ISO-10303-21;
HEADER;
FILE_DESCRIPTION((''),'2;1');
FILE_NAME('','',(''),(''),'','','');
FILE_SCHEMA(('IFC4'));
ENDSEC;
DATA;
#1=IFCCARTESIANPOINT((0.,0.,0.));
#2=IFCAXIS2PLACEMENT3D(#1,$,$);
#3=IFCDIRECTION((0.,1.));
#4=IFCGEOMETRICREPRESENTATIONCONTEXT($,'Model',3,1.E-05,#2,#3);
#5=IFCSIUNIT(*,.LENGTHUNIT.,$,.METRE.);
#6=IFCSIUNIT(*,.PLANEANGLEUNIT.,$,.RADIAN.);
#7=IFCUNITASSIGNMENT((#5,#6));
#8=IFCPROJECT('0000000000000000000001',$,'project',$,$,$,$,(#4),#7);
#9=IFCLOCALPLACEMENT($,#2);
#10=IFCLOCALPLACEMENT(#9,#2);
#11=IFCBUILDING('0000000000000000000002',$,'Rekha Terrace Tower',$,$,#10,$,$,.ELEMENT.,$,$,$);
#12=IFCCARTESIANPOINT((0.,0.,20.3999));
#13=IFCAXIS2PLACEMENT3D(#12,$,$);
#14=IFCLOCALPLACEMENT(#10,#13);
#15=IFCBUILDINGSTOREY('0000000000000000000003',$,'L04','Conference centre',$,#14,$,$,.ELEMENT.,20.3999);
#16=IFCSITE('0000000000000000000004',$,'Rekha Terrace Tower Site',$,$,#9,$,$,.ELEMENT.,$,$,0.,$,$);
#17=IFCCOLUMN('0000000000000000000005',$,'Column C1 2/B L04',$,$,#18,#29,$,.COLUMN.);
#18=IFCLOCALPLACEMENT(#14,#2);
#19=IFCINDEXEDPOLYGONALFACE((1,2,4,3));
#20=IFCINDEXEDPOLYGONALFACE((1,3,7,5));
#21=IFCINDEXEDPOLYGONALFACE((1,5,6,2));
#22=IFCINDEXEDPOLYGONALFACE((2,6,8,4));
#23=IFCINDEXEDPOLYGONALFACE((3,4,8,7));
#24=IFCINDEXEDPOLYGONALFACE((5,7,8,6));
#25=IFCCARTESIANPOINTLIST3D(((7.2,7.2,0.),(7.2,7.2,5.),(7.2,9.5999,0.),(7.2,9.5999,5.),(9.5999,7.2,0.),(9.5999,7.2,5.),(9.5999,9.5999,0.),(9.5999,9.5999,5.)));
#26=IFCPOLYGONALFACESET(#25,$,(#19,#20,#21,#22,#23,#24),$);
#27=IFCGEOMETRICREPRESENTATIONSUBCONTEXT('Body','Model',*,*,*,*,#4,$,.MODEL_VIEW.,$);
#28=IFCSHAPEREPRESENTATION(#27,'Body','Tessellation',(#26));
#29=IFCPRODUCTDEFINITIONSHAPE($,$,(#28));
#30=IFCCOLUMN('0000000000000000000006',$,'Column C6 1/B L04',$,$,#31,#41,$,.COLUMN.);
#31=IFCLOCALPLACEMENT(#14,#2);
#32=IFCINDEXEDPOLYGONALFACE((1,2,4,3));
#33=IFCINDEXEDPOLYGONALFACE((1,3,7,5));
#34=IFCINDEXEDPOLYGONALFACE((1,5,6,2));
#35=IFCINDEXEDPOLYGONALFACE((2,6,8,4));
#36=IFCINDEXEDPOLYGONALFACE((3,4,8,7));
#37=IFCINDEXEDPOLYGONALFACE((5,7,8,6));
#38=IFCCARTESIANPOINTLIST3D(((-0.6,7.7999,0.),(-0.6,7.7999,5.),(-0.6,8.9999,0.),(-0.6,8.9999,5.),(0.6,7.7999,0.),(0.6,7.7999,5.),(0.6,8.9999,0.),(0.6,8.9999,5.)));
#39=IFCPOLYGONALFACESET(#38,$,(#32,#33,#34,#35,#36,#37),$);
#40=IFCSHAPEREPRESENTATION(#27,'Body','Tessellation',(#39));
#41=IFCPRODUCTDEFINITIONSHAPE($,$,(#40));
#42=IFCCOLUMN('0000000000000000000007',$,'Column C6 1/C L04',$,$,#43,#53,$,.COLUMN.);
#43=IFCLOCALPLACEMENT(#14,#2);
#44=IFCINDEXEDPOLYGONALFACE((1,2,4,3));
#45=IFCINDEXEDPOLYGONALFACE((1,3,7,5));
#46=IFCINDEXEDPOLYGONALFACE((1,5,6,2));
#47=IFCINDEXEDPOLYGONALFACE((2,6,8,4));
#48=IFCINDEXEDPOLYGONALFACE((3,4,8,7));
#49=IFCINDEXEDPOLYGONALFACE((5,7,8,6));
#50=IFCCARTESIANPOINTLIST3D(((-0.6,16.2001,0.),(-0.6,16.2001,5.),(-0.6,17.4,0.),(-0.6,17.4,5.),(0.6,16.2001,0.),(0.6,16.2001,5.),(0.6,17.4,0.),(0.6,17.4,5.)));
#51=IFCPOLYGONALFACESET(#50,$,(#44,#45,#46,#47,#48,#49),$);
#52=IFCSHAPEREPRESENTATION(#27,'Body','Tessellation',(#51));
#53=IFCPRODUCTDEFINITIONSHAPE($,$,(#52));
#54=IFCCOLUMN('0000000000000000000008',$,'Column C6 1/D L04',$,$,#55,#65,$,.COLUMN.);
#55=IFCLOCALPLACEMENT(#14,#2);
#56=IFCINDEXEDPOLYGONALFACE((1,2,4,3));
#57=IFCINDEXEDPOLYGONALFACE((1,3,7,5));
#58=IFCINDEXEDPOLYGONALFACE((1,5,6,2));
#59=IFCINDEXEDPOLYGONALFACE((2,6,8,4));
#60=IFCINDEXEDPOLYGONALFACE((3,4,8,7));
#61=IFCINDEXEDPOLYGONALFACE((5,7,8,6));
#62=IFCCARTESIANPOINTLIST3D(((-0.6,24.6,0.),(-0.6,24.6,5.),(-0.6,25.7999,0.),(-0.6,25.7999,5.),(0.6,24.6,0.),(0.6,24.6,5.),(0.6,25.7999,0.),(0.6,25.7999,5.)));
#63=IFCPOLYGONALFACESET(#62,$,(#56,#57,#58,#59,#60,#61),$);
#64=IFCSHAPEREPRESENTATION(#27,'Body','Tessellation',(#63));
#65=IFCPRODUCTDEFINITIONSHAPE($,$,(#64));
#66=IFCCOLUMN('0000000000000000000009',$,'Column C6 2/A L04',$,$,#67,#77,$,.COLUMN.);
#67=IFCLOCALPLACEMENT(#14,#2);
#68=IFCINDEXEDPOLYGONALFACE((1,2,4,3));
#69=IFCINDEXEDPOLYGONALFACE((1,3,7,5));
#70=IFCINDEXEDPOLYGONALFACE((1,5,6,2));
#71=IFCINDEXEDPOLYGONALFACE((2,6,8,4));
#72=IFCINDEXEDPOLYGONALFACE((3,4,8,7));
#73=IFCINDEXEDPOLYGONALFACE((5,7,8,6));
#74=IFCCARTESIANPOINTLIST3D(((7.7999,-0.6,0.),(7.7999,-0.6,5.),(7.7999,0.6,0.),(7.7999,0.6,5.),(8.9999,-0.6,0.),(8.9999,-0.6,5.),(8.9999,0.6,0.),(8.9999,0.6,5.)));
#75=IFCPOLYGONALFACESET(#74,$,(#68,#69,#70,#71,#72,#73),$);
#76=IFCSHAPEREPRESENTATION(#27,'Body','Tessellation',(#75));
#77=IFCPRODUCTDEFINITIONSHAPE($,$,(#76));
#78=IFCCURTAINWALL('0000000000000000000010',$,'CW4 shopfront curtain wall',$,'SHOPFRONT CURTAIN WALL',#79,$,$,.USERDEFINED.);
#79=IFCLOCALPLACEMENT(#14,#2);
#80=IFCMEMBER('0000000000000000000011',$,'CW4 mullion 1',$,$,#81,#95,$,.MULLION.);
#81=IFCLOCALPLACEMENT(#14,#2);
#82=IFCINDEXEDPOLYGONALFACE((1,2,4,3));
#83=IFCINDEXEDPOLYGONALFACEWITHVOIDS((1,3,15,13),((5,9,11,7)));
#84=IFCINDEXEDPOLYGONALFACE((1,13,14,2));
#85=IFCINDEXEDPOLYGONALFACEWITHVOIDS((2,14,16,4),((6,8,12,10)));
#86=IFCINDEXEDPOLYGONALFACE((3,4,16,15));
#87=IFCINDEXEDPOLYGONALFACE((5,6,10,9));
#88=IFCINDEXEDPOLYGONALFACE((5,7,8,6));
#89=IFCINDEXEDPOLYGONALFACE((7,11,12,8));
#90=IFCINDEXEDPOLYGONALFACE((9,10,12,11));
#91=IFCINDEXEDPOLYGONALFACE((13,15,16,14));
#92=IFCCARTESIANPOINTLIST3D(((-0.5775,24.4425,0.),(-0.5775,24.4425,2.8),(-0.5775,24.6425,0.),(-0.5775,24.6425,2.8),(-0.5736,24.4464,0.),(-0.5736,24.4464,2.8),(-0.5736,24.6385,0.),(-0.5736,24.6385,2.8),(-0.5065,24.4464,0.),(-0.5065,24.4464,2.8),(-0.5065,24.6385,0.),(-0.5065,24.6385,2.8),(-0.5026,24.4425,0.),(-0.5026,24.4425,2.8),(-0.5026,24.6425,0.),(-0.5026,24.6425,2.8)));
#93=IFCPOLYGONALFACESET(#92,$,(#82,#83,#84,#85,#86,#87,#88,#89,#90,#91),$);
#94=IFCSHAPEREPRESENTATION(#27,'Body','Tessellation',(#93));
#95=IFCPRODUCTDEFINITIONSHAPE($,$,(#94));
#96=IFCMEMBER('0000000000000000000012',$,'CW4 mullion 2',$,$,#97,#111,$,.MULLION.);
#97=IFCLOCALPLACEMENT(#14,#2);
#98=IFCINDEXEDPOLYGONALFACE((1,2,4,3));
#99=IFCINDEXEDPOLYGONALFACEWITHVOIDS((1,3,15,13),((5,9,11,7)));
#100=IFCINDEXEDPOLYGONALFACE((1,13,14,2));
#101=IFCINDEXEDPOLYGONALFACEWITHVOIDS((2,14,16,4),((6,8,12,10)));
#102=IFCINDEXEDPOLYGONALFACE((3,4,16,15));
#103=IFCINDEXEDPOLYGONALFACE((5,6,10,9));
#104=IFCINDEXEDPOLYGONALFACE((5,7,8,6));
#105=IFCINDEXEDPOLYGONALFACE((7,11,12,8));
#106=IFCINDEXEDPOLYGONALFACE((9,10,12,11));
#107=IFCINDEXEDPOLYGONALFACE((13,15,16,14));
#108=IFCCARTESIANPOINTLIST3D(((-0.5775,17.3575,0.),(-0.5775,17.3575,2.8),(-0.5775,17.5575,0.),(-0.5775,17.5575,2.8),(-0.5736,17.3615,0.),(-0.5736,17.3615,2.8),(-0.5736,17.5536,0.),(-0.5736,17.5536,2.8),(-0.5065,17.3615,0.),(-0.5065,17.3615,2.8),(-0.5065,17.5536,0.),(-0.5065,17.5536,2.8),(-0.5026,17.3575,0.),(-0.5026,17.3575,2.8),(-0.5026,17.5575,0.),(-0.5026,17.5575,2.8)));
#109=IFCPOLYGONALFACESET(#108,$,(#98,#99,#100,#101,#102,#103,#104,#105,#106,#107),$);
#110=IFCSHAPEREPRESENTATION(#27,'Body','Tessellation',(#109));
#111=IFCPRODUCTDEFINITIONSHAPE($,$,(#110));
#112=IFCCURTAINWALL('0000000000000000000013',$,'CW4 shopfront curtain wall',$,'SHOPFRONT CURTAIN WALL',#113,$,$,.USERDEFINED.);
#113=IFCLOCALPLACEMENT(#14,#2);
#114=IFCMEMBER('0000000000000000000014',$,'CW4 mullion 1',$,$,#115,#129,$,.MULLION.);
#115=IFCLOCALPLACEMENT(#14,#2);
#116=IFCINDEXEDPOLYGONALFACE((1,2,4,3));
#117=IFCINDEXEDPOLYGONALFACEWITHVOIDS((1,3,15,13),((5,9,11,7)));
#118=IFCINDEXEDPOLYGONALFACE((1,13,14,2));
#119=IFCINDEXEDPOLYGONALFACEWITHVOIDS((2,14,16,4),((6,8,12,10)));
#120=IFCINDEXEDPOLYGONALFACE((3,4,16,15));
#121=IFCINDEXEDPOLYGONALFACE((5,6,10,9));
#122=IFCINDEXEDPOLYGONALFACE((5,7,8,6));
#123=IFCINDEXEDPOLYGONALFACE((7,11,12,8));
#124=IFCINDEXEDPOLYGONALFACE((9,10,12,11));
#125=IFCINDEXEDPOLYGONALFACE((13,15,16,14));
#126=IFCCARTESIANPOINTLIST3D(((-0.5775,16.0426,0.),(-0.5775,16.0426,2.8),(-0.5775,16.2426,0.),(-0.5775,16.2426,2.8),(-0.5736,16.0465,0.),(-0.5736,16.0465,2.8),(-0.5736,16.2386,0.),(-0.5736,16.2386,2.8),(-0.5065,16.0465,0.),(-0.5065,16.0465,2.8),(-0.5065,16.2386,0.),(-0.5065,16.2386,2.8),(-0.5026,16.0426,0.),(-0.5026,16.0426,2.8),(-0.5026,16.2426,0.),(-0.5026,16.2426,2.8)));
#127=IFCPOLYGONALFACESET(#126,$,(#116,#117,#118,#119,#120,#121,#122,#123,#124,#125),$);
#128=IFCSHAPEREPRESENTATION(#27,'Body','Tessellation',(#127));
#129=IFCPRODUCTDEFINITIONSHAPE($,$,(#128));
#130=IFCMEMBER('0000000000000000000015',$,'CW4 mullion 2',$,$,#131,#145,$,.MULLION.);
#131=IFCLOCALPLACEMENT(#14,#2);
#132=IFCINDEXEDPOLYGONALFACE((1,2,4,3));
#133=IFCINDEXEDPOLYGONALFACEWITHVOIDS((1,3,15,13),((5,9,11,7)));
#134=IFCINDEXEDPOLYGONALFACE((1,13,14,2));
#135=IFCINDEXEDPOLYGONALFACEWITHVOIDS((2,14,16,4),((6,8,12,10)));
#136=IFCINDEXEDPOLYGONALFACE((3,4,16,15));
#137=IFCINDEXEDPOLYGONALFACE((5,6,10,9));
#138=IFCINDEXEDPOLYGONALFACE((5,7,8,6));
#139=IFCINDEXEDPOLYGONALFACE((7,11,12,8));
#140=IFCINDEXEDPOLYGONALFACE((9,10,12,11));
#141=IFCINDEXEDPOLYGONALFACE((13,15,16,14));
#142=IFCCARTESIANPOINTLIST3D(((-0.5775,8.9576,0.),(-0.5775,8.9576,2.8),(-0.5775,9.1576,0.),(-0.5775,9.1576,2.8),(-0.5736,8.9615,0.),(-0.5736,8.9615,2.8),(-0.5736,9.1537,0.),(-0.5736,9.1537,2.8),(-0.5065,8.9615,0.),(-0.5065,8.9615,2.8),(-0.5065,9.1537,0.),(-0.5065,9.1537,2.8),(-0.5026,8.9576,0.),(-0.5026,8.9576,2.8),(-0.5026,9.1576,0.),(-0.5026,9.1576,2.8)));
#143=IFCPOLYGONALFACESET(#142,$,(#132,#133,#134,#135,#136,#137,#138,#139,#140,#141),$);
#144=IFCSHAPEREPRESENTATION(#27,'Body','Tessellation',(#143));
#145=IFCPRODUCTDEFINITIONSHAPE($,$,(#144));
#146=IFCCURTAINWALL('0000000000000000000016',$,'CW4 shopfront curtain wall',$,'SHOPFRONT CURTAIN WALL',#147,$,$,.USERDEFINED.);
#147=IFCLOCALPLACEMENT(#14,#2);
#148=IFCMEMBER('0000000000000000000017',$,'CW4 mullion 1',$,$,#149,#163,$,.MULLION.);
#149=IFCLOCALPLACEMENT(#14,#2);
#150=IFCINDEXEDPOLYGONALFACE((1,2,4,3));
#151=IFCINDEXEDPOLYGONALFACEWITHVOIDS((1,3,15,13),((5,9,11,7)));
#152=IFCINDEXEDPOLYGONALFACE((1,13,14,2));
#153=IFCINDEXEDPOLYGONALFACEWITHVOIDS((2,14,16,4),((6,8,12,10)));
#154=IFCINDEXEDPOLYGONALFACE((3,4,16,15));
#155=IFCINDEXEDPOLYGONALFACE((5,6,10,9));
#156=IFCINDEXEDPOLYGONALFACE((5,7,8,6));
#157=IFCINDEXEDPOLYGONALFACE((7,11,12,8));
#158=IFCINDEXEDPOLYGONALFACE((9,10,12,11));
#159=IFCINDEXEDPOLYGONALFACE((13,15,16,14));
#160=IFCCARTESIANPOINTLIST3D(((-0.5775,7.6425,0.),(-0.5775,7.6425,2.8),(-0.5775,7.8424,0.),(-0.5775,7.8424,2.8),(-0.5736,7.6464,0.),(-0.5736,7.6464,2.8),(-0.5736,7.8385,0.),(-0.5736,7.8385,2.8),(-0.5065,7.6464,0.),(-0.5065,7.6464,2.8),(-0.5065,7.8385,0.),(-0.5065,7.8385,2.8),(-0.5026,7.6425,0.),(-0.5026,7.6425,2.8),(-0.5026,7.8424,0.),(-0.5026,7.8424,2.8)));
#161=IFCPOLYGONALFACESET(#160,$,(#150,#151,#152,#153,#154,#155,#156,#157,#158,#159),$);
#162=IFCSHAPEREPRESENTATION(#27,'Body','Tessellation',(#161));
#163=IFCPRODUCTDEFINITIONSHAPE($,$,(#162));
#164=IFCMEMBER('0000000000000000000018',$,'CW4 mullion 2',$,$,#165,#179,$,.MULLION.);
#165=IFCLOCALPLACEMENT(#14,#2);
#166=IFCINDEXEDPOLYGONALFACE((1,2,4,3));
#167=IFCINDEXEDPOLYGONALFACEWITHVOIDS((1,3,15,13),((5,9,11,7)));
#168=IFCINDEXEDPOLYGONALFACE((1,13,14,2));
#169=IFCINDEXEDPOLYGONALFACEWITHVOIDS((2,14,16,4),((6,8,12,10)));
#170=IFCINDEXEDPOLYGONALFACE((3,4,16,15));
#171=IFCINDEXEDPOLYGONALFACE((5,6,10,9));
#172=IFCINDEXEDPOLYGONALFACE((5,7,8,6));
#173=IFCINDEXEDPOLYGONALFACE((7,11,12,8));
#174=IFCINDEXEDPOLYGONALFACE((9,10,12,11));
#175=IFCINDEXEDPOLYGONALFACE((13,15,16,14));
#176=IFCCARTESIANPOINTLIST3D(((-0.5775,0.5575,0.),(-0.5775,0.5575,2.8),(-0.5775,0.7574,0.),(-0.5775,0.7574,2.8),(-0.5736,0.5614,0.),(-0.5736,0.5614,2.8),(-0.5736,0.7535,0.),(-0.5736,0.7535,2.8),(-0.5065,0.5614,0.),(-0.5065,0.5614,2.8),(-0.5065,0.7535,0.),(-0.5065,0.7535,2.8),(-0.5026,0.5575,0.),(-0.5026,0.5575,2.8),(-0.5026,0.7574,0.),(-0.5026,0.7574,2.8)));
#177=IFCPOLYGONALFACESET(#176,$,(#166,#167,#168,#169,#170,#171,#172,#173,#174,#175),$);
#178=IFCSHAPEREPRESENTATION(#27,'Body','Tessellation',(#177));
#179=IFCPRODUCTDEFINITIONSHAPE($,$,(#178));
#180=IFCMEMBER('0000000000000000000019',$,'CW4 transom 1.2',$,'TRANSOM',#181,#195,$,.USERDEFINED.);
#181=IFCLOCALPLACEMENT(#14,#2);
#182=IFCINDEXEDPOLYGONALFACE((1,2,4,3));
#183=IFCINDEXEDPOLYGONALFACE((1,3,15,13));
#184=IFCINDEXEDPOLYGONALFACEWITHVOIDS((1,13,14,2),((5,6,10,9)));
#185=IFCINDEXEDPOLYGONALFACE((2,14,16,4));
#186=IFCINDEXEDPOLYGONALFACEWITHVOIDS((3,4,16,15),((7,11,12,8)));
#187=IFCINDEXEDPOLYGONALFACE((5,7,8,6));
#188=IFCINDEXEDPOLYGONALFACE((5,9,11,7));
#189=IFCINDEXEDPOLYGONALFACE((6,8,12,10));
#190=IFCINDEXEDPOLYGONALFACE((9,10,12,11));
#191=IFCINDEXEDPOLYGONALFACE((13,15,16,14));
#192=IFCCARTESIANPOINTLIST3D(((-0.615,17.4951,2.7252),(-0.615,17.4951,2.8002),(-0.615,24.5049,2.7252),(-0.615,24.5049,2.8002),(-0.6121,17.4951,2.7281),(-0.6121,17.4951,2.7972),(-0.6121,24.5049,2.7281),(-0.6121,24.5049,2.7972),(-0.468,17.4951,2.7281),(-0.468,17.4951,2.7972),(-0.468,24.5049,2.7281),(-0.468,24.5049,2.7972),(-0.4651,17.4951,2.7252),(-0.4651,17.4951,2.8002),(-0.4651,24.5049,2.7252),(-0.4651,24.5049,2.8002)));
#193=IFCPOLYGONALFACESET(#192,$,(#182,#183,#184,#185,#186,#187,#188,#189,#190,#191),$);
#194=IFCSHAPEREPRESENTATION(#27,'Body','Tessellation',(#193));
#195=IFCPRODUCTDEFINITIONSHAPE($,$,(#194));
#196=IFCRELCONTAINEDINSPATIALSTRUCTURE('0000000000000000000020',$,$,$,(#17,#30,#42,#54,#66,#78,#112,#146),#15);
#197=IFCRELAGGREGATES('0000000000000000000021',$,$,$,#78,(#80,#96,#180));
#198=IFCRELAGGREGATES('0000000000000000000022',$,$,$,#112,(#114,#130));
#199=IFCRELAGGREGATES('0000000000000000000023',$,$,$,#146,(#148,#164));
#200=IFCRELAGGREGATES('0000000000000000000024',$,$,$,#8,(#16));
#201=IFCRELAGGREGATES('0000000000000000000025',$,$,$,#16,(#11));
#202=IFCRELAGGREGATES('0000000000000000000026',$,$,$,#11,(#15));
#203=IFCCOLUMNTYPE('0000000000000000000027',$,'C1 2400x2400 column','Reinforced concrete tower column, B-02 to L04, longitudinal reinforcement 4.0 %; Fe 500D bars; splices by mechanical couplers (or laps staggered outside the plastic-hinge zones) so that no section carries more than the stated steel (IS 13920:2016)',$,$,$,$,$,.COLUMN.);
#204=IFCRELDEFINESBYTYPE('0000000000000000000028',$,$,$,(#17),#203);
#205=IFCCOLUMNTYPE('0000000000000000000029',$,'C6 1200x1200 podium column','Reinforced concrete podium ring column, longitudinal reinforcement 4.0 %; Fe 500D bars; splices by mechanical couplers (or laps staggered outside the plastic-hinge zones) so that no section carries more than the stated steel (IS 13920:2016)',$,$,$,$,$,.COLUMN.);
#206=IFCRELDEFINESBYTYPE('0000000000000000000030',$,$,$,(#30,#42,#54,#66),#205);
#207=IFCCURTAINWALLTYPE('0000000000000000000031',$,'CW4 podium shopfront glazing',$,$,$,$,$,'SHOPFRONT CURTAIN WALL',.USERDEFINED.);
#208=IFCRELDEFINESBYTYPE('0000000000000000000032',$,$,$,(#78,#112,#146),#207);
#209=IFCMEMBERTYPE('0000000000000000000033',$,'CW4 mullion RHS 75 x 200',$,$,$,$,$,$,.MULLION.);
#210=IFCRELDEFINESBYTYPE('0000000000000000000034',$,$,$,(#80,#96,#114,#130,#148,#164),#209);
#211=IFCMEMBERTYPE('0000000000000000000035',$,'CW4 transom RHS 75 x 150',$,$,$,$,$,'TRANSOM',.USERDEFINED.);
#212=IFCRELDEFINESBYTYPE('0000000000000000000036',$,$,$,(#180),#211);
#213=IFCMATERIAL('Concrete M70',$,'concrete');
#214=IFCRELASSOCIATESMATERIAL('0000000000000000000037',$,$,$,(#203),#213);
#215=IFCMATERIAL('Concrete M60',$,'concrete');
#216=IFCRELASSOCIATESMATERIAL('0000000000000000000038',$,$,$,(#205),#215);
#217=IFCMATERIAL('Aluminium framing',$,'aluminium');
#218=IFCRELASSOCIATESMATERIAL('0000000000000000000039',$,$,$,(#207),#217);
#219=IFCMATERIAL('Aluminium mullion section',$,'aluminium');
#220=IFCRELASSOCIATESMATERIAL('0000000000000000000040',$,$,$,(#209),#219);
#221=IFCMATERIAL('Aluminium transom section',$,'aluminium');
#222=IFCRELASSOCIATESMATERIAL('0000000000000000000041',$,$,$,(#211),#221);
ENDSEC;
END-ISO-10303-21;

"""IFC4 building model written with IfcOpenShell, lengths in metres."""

from ifc_helpers import new_model, si_unit, direction, frame, origin, origin_2d, place, context, subcontext, project, spatial, rectangle, hollow_rectangle, extrude, material, material_profile, profile_set, type_object, element, aggregate, save


model = new_model("IFC4")

# Units and contexts
model_context = context("Model", 3, precision=1e-05, world=origin(), true_north=direction((0.0, 1.0)))
body_context = subcontext(model_context, "Body", "Model", "MODEL_VIEW")
ifc_project = project(units=[si_unit("LENGTHUNIT", "METRE"), si_unit("PLANEANGLEUNIT", "RADIAN")], contexts=[model_context])

# Site, building, storey
site_placement = place(None, origin())
site = spatial("IfcSite", under=ifc_project, at=site_placement, Name="Rekha Terrace Tower Site", CompositionType="ELEMENT", RefElevation=0.0)
building_placement = place(site_placement, origin())
building = spatial("IfcBuilding", under=site, at=building_placement, Name="Rekha Terrace Tower", CompositionType="ELEMENT")
storey_placement = place(building_placement, frame((0.0, 0.0, 20.3999)))
storey = spatial("IfcBuildingStorey", under=building, at=storey_placement, Name="L04", Description="Conference centre", CompositionType="ELEMENT", Elevation=20.3999)

# Columns
ifc_material_1 = material(Name="Concrete M70", Category="concrete")
ifc_material_profile_1 = material_profile(ifc_material_1, rectangle(XDim=2.3999, YDim=2.3999, at=origin_2d()), Name="RC 2400x2400")
ifc_profile_set_1 = profile_set([ifc_material_profile_1], Name="Concrete M70")
column_type_1 = type_object("IfcColumnType", Name="C1 2400x2400 column", Description="Reinforced concrete tower column, B-02 to L04, longitudinal reinforcement 4.0 %; Fe 500D bars; splices by mechanical couplers (or laps staggered outside the plastic-hinge zones) so that no section carries more than the stated steel (IS 13920:2016)", PredefinedType="COLUMN", material=ifc_profile_set_1)
column_placement = place(storey_placement, frame((8.3999, 8.3999, 0.0), z_axis=(0.0, 0.0, 1.0), x_axis=(1.0, 0.0, 0.0)))
element("IfcColumn", 1, at=column_placement, inside=storey, type_object=column_type_1, Name="Column C1 2/B L04", PredefinedType="COLUMN", context=body_context, shape_type="SweptSolid", body=[
    extrude(rectangle(XDim=2.3999, YDim=2.3999, at=origin_2d()), origin(), (0.0, 0.0, 1.0), 5.0),
])
ifc_material_2 = material(Name="Concrete M60", Category="concrete")
ifc_material_profile_2 = material_profile(ifc_material_2, rectangle(XDim=1.2, YDim=1.2, at=origin_2d()), Name="RC 1200x1200")
ifc_profile_set_2 = profile_set([ifc_material_profile_2], Name="Concrete M60")
column_type_2 = type_object("IfcColumnType", Name="C6 1200x1200 podium column", Description="Reinforced concrete podium ring column, longitudinal reinforcement 4.0 %; Fe 500D bars; splices by mechanical couplers (or laps staggered outside the plastic-hinge zones) so that no section carries more than the stated steel (IS 13920:2016)", PredefinedType="COLUMN", material=ifc_profile_set_2)
for number, where, z_axis, x_axis, name in (
    (2, (0.0, 8.3999, 0.0), (0.0, 0.0, 1.0), (1.0, 0.0, 0.0), "Column C6 1/B L04"),
    (3, (0.0, 16.8, 0.0), (0.0, 0.0, 1.0), (1.0, 0.0, 0.0), "Column C6 1/C L04"),
    (4, (0.0, 25.2, 0.0), (0.0, 0.0, 1.0), (1.0, 0.0, 0.0), "Column C6 1/D L04"),
    (5, (8.3999, 0.0, 0.0), (0.0, 0.0, 1.0), (1.0, 0.0, 0.0), "Column C6 2/A L04"),
):
    element("IfcColumn", number, at=place(storey_placement, frame(where, z_axis=z_axis, x_axis=x_axis)), inside=storey, type_object=column_type_2, Name=name, PredefinedType="COLUMN", context=body_context, shape_type="SweptSolid", body=[
        extrude(rectangle(XDim=1.2, YDim=1.2, at=origin_2d()), origin(), (0.0, 0.0, 1.0), 5.0),
    ])

# Curtain walls, members
ifc_material_3 = material(Name="Aluminium framing", Category="aluminium")
curtain_wall_type = type_object("IfcCurtainWallType", Name="CW4 podium shopfront glazing", ElementType="SHOPFRONT CURTAIN WALL", PredefinedType="USERDEFINED", material=ifc_material_3)
curtain_wall_1_placement = place(storey_placement, origin())
curtain_wall_1 = element("IfcCurtainWall", 6, at=curtain_wall_1_placement, inside=storey, type_object=curtain_wall_type, Name="CW4 shopfront curtain wall", ObjectType="SHOPFRONT CURTAIN WALL", PredefinedType="USERDEFINED")
ifc_material_4 = material(Name="Aluminium mullion section", Category="aluminium")
ifc_material_profile_3 = material_profile(ifc_material_4, hollow_rectangle(XDim=0.075, YDim=0.2, WallThickness=0.0039, at=origin_2d()), Name="AL RHS 75x200")
ifc_profile_set_3 = profile_set([ifc_material_profile_3], Name="Aluminium mullion section")
member_type_1 = type_object("IfcMemberType", Name="CW4 mullion RHS 75 x 200", PredefinedType="MULLION", material=ifc_profile_set_3)
member_1_placement = place(storey_placement, frame((-0.54, 24.5425, 0.0), z_axis=(0.0, 0.0, 1.0), x_axis=(1.0, 0.0, 0.0)))
member_1 = element("IfcMember", 7, at=member_1_placement, type_object=member_type_1, Name="CW4 mullion 1", PredefinedType="MULLION", context=body_context, shape_type="SweptSolid", body=[
    extrude(hollow_rectangle(XDim=0.075, YDim=0.2, WallThickness=0.0039, at=origin_2d()), origin(), (0.0, 0.0, 1.0), 2.8),
])
member_2_placement = place(storey_placement, frame((-0.54, 17.4575, 0.0), z_axis=(0.0, 0.0, 1.0), x_axis=(1.0, 0.0, 0.0)))
member_2 = element("IfcMember", 8, at=member_2_placement, type_object=member_type_1, Name="CW4 mullion 2", PredefinedType="MULLION", context=body_context, shape_type="SweptSolid", body=[
    extrude(hollow_rectangle(XDim=0.075, YDim=0.2, WallThickness=0.0039, at=origin_2d()), origin(), (0.0, 0.0, 1.0), 2.8),
])
curtain_wall_2_placement = place(storey_placement, origin())
curtain_wall_2 = element("IfcCurtainWall", 9, at=curtain_wall_2_placement, inside=storey, type_object=curtain_wall_type, Name="CW4 shopfront curtain wall", ObjectType="SHOPFRONT CURTAIN WALL", PredefinedType="USERDEFINED")
member_3_placement = place(storey_placement, frame((-0.54, 16.1426, 0.0), z_axis=(0.0, 0.0, 1.0), x_axis=(1.0, 0.0, 0.0)))
member_3 = element("IfcMember", 10, at=member_3_placement, type_object=member_type_1, Name="CW4 mullion 1", PredefinedType="MULLION", context=body_context, shape_type="SweptSolid", body=[
    extrude(hollow_rectangle(XDim=0.075, YDim=0.2, WallThickness=0.0039, at=origin_2d()), origin(), (0.0, 0.0, 1.0), 2.8),
])
member_4_placement = place(storey_placement, frame((-0.54, 9.0576, 0.0), z_axis=(0.0, 0.0, 1.0), x_axis=(1.0, 0.0, 0.0)))
member_4 = element("IfcMember", 11, at=member_4_placement, type_object=member_type_1, Name="CW4 mullion 2", PredefinedType="MULLION", context=body_context, shape_type="SweptSolid", body=[
    extrude(hollow_rectangle(XDim=0.075, YDim=0.2, WallThickness=0.0039, at=origin_2d()), origin(), (0.0, 0.0, 1.0), 2.8),
])
curtain_wall_3_placement = place(storey_placement, origin())
curtain_wall_3 = element("IfcCurtainWall", 12, at=curtain_wall_3_placement, inside=storey, type_object=curtain_wall_type, Name="CW4 shopfront curtain wall", ObjectType="SHOPFRONT CURTAIN WALL", PredefinedType="USERDEFINED")
member_5_placement = place(storey_placement, frame((-0.54, 7.7424, 0.0), z_axis=(0.0, 0.0, 1.0), x_axis=(1.0, 0.0, 0.0)))
member_5 = element("IfcMember", 13, at=member_5_placement, type_object=member_type_1, Name="CW4 mullion 1", PredefinedType="MULLION", context=body_context, shape_type="SweptSolid", body=[
    extrude(hollow_rectangle(XDim=0.075, YDim=0.2, WallThickness=0.0039, at=origin_2d()), origin(), (0.0, 0.0, 1.0), 2.8),
])
member_6_placement = place(storey_placement, frame((-0.54, 0.6575, 0.0), z_axis=(0.0, 0.0, 1.0), x_axis=(1.0, 0.0, 0.0)))
member_6 = element("IfcMember", 14, at=member_6_placement, type_object=member_type_1, Name="CW4 mullion 2", PredefinedType="MULLION", context=body_context, shape_type="SweptSolid", body=[
    extrude(hollow_rectangle(XDim=0.075, YDim=0.2, WallThickness=0.0039, at=origin_2d()), origin(), (0.0, 0.0, 1.0), 2.8),
])

# Member
ifc_material_5 = material(Name="Aluminium transom section", Category="aluminium")
ifc_material_profile_4 = material_profile(ifc_material_5, hollow_rectangle(XDim=0.1499, YDim=0.075, WallThickness=0.0029, at=origin_2d()), Name="AL RHS 150x75")
ifc_profile_set_4 = profile_set([ifc_material_profile_4], Name="Aluminium transom section")
member_type_2 = type_object("IfcMemberType", Name="CW4 transom RHS 75 x 150", ElementType="TRANSOM", PredefinedType="USERDEFINED", material=ifc_profile_set_4)
member_7_placement = place(storey_placement, frame((-0.54, 24.5049, 2.7627), z_axis=(0.0, -1.0, 0.0), x_axis=(1.0, 0.0, 0.0)))
member_7 = element("IfcMember", 15, at=member_7_placement, type_object=member_type_2, Name="CW4 transom 1.2", ObjectType="TRANSOM", PredefinedType="USERDEFINED", context=body_context, shape_type="SweptSolid", body=[
    extrude(hollow_rectangle(XDim=0.1499, YDim=0.075, WallThickness=0.0029, at=origin_2d()), origin(), (0.0, 0.0, 1.0), 7.0098),
])

aggregate(curtain_wall_1, [member_1, member_2, member_7])
aggregate(curtain_wall_2, [member_3, member_4])
aggregate(curtain_wall_3, [member_5, member_6])

save(model, "model.ifc")
